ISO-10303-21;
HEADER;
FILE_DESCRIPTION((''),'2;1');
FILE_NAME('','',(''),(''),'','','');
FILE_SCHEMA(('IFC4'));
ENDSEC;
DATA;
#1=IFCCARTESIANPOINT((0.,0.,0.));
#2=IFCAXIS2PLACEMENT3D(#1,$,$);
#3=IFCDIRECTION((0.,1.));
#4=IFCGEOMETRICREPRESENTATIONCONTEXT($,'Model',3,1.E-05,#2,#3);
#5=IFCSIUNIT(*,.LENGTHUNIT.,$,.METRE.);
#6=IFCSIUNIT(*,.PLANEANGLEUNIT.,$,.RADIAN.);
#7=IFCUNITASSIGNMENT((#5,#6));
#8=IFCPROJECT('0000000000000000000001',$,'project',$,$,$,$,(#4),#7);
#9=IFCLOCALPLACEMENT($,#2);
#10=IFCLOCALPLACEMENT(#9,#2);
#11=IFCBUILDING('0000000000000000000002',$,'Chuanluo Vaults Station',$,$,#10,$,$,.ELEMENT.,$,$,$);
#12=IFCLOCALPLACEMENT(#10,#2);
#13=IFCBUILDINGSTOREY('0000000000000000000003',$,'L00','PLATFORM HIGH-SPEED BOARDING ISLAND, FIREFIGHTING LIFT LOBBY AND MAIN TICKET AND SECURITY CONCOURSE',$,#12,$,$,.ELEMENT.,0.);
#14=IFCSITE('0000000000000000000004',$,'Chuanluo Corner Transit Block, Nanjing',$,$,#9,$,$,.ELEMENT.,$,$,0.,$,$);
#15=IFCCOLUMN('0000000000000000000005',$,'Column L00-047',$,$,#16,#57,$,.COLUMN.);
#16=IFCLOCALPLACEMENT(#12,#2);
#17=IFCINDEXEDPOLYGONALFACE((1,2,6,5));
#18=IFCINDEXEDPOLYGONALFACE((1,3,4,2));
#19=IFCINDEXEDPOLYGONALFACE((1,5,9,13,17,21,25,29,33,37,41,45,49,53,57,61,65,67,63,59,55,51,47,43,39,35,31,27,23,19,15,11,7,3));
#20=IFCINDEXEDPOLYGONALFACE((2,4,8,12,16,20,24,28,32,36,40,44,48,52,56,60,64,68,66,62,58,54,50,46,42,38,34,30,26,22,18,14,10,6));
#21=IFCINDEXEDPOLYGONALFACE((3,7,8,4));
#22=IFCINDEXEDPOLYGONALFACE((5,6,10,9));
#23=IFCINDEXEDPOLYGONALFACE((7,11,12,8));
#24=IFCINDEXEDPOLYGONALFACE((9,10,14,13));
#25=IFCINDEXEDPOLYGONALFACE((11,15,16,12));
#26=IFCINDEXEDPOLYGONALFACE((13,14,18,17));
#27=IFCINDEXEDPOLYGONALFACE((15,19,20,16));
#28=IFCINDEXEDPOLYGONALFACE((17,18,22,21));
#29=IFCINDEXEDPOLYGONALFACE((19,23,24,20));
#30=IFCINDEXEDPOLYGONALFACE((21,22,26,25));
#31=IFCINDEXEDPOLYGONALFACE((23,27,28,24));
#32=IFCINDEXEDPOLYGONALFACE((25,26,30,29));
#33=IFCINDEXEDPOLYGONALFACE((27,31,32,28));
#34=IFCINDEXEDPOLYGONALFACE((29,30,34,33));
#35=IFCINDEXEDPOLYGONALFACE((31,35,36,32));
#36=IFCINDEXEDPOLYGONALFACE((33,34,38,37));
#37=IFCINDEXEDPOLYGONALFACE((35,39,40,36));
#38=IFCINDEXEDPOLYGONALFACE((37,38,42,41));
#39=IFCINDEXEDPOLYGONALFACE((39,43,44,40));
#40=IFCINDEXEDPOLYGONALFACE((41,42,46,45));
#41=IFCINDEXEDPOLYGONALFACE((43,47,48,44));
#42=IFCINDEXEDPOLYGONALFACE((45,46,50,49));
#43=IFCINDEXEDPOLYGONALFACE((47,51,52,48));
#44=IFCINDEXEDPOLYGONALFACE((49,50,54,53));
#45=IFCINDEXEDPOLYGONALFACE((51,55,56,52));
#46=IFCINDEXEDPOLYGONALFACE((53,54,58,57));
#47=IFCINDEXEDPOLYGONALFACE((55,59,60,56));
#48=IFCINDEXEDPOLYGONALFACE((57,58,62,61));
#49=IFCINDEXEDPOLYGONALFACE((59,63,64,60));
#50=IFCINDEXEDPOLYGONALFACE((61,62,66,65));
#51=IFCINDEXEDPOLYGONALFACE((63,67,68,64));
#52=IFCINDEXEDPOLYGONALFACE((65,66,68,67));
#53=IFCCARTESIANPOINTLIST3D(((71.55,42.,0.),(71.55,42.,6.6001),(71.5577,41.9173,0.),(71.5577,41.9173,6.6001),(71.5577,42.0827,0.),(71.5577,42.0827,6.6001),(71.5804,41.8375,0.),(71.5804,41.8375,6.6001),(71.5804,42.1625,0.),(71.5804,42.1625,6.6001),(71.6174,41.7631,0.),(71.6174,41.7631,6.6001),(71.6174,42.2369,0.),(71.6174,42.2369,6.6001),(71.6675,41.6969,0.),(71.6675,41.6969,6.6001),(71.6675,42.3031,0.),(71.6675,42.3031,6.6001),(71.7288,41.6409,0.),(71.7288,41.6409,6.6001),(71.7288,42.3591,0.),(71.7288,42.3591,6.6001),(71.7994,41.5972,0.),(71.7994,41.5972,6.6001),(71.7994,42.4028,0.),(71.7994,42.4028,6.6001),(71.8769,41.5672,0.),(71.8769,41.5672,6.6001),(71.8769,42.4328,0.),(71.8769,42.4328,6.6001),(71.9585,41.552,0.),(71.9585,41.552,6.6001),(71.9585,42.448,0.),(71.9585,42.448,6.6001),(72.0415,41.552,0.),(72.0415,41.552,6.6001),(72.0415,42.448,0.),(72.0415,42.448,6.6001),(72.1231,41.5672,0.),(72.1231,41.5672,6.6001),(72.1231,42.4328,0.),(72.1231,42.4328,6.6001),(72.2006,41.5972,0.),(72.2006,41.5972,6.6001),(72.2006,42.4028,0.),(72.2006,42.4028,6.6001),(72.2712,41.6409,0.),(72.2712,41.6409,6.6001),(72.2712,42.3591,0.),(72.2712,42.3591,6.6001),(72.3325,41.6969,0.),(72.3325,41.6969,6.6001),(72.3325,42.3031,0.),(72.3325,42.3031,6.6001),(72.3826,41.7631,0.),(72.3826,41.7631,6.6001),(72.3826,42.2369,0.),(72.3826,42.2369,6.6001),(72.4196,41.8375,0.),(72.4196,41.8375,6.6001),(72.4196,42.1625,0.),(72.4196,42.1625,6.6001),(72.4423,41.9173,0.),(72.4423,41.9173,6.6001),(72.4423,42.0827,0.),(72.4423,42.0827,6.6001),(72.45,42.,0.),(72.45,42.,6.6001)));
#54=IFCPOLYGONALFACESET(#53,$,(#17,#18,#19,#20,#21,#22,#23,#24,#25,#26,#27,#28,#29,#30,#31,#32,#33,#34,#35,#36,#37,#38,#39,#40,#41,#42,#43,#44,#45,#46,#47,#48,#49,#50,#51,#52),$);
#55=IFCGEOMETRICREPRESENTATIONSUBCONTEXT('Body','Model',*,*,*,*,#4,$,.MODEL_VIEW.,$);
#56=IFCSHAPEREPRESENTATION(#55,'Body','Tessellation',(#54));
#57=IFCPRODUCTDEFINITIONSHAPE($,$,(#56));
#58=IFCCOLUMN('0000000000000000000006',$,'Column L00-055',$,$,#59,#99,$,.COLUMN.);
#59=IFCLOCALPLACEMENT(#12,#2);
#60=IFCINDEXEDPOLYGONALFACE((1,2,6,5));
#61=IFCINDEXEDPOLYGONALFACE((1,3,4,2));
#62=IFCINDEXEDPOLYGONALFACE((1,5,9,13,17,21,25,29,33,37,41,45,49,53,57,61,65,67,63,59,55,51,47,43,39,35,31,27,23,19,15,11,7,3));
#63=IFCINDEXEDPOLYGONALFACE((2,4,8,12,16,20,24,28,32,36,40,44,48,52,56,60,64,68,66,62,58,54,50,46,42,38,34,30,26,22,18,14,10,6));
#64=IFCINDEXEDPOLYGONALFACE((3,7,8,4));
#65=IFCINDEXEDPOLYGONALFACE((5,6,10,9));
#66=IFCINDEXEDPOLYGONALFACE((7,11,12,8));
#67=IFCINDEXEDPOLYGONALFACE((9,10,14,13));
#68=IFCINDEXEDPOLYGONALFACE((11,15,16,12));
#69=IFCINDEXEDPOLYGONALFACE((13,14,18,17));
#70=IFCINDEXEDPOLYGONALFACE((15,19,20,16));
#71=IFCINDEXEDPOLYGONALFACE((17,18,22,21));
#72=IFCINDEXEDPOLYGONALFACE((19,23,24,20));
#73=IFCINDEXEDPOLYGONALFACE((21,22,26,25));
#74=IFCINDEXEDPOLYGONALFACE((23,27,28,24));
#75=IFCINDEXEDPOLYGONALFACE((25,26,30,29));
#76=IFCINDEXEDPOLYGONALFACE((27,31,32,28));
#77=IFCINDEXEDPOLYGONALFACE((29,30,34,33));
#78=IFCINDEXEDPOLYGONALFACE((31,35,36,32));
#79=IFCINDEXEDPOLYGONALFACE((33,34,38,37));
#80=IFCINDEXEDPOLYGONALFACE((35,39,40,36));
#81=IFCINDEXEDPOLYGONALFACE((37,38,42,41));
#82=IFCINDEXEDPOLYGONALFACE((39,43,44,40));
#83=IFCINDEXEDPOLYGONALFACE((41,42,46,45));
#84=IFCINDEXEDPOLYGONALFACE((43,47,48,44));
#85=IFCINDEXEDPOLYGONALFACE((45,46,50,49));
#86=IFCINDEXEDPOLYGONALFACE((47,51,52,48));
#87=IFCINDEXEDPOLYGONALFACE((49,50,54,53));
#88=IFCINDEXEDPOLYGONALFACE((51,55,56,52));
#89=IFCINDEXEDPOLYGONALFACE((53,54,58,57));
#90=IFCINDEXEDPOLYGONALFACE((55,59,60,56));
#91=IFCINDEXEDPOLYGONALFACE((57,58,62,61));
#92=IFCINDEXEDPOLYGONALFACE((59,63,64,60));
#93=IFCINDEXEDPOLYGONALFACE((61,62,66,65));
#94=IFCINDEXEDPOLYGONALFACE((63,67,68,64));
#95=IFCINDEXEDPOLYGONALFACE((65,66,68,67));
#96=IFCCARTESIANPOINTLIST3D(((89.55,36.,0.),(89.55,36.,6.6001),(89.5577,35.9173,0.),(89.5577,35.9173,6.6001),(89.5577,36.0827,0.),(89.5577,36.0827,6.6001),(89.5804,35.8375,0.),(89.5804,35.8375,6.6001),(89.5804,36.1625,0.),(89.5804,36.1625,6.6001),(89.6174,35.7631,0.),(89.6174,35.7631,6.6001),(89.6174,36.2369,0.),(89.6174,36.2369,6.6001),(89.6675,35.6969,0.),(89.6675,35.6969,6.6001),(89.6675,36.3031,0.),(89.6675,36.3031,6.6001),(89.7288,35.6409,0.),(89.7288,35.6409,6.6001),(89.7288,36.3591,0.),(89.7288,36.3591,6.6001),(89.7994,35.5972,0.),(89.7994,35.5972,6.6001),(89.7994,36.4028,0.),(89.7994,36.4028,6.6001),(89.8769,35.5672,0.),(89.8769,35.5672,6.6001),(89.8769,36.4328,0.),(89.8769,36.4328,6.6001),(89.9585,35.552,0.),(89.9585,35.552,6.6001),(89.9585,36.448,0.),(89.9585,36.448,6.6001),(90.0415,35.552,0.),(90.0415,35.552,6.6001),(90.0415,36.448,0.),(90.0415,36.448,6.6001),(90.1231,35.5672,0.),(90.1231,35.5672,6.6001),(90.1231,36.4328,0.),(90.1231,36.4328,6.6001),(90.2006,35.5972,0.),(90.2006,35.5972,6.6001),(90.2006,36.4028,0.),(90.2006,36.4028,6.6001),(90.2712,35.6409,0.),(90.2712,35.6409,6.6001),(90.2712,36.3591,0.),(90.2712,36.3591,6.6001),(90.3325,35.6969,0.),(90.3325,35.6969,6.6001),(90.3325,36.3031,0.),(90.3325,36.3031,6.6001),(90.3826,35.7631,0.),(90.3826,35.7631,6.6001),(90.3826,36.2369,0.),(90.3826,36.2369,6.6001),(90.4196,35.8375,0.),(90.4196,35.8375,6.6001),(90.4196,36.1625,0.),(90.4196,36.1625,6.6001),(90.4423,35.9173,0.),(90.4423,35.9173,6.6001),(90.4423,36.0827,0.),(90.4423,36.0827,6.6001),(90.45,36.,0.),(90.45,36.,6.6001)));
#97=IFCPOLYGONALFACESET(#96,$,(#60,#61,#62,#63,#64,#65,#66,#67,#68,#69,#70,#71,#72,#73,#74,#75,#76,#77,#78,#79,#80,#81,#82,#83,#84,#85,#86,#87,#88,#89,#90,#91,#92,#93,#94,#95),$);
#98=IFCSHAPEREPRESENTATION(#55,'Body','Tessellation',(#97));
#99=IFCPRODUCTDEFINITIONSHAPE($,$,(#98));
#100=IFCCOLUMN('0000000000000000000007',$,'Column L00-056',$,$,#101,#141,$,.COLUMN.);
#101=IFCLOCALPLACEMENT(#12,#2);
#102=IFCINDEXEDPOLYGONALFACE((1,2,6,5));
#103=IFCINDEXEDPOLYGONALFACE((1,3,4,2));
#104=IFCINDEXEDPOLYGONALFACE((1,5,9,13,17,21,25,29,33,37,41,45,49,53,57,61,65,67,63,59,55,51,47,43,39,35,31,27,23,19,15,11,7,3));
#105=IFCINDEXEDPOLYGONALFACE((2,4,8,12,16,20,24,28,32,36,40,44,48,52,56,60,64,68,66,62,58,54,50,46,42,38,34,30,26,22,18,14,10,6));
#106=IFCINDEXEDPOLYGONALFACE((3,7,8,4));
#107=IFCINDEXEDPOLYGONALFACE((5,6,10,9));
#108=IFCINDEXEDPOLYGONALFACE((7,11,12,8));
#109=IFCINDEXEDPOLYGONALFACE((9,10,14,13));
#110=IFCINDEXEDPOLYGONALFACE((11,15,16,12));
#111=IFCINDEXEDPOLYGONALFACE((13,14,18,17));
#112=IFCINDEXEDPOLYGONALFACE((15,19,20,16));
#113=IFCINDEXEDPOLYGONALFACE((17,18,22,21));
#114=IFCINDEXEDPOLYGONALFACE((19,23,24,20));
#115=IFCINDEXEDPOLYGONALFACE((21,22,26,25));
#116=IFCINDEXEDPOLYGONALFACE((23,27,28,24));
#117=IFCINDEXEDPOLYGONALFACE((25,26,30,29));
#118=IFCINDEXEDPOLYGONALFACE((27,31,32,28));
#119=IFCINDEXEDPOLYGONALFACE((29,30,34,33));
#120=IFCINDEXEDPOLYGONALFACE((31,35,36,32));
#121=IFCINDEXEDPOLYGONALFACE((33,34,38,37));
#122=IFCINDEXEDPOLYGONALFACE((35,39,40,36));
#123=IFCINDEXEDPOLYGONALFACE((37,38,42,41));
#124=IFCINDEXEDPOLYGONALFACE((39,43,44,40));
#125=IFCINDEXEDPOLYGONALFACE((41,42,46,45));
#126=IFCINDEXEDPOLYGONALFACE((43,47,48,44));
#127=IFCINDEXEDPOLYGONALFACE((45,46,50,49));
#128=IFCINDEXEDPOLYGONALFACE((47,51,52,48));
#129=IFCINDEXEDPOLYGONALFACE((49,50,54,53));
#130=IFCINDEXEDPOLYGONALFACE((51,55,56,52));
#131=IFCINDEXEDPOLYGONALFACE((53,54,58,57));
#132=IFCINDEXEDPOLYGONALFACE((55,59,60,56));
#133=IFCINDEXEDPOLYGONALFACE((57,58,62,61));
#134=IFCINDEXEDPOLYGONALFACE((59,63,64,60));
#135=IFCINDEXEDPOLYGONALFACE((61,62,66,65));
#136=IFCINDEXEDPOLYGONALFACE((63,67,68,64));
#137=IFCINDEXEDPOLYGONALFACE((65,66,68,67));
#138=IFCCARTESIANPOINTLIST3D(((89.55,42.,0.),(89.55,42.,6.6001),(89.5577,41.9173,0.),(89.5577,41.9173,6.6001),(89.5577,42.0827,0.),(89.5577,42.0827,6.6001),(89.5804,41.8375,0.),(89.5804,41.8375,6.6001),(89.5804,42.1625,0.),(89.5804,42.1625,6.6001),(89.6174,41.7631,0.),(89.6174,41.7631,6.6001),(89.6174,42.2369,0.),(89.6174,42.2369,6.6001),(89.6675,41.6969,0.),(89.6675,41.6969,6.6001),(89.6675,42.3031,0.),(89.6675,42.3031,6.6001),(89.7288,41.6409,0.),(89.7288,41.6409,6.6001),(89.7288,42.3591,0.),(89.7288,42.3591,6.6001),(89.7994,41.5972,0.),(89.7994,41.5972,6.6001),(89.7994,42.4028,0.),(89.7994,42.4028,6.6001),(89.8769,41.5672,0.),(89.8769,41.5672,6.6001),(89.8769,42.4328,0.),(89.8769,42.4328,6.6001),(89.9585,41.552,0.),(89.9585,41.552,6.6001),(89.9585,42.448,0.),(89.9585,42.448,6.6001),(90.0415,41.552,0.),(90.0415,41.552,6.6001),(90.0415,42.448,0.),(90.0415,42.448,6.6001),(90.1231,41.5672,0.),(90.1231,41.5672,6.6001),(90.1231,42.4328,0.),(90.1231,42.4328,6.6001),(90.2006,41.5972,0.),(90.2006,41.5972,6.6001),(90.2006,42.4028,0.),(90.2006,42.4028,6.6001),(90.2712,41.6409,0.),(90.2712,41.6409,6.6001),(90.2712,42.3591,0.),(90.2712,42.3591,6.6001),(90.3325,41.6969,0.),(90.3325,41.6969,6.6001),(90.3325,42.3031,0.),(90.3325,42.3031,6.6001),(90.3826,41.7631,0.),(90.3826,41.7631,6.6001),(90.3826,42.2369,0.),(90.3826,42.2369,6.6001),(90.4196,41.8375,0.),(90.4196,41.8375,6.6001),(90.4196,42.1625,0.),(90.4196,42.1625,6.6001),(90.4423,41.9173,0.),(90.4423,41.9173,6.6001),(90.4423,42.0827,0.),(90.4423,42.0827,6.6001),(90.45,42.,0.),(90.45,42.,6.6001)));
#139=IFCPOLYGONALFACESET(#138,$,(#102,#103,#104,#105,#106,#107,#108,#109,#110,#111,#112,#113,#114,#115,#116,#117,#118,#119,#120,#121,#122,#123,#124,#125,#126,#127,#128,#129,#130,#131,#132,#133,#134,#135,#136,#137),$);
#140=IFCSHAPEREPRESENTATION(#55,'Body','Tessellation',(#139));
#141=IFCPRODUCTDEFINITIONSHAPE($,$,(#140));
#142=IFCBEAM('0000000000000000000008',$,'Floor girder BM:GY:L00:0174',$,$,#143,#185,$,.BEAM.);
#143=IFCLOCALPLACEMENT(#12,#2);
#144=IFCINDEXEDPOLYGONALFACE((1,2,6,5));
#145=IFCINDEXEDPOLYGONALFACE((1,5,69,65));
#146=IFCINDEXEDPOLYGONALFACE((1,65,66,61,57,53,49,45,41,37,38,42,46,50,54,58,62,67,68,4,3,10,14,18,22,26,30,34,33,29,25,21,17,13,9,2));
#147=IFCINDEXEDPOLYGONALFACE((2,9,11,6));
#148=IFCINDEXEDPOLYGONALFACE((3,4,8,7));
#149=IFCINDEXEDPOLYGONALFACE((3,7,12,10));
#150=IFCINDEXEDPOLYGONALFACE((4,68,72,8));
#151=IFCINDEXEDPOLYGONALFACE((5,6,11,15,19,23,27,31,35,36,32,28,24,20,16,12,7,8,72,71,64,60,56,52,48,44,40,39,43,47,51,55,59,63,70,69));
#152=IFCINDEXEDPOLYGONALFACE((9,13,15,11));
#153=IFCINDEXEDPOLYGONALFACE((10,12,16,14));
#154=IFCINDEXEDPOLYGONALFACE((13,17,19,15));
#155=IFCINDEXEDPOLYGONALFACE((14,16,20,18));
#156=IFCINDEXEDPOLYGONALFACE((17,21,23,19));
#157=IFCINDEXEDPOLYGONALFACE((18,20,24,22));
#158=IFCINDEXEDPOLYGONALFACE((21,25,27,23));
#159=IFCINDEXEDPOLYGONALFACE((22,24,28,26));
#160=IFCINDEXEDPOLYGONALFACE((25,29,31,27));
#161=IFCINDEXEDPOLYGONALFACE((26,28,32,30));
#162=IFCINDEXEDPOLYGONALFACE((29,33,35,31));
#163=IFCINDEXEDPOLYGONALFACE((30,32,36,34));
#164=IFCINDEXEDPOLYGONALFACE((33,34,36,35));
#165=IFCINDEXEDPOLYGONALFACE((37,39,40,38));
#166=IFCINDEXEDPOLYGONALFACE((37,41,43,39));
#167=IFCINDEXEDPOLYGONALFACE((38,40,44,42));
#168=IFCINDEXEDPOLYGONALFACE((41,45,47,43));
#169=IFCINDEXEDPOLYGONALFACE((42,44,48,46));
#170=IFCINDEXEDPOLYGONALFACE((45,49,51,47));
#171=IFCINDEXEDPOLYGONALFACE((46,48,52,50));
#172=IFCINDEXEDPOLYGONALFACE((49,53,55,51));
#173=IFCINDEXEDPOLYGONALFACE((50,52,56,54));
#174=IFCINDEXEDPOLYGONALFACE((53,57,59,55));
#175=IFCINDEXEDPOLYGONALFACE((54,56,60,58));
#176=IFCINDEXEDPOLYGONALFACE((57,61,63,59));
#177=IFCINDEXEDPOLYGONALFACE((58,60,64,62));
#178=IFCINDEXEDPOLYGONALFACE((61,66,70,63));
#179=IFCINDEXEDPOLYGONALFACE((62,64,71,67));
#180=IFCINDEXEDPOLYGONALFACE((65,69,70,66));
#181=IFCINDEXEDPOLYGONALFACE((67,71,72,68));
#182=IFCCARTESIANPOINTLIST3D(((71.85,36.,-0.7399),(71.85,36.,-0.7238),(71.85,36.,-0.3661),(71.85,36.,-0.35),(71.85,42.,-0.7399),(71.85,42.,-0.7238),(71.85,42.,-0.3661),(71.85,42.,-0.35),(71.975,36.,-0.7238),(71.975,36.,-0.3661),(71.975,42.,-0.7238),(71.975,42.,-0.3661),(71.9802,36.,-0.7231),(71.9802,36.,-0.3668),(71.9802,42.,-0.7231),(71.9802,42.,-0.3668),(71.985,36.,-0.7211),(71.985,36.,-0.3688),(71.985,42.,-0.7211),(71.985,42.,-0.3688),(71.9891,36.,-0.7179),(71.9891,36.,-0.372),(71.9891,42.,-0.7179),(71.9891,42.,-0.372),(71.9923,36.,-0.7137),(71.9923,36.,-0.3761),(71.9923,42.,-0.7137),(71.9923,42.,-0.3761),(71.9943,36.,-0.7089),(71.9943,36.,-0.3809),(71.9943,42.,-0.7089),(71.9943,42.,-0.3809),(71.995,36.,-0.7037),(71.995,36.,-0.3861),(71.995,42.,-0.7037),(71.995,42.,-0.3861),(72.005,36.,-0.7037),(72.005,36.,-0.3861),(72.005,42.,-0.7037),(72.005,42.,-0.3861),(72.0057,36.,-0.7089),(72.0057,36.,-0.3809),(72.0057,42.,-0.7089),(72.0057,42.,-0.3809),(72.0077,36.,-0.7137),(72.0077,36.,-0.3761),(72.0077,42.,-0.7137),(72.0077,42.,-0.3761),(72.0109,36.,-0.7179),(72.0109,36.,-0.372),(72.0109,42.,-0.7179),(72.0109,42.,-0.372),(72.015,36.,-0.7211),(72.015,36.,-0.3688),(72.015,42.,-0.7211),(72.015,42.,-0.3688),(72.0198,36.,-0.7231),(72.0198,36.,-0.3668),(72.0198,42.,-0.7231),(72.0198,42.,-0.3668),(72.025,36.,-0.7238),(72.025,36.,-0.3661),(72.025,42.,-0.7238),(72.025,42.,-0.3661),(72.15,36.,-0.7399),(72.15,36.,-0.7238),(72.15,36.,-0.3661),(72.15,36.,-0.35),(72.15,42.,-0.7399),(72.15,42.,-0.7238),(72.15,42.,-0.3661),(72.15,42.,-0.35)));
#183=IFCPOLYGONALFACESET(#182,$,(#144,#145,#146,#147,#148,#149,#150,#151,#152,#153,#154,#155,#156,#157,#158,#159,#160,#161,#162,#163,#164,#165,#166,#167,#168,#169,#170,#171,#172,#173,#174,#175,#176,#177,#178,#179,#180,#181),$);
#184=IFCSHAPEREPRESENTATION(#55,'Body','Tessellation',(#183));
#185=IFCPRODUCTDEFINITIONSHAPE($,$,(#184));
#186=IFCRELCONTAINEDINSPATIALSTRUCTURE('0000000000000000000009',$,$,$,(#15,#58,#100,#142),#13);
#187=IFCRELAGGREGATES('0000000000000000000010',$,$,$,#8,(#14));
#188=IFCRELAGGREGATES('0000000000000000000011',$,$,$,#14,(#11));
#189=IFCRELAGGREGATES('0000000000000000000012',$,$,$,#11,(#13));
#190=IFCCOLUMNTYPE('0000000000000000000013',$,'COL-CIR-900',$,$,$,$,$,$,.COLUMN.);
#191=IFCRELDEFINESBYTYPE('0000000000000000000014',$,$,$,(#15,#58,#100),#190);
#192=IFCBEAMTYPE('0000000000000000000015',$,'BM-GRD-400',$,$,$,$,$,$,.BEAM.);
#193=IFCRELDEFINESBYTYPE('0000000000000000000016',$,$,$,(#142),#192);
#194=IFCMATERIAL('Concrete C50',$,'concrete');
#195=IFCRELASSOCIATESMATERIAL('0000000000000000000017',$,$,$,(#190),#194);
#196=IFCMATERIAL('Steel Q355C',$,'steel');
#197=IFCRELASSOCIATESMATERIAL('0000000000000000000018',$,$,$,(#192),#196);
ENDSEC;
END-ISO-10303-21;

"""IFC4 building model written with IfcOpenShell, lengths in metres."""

from ifc_helpers import new_model, si_unit, direction, frame, origin, origin_2d, place, context, subcontext, project, spatial, circle, i_section, extrude, material, material_profile, profile_set, type_object, element, save


model = new_model("IFC4")

# Units and contexts
model_context = context("Model", 3, precision=1e-05, world=origin(), true_north=direction((0.0, 1.0)))
body_context = subcontext(model_context, "Body", "Model", "MODEL_VIEW")
ifc_project = project(units=[si_unit("LENGTHUNIT", "METRE"), si_unit("PLANEANGLEUNIT", "RADIAN")], contexts=[model_context])

# Site, building, storey
site_placement = place(None, origin())
site = spatial("IfcSite", under=ifc_project, at=site_placement, Name="Chuanluo Corner Transit Block, Nanjing", CompositionType="ELEMENT", RefElevation=0.0)
building_placement = place(site_placement, origin())
building = spatial("IfcBuilding", under=site, at=building_placement, Name="Chuanluo Vaults Station", CompositionType="ELEMENT")
storey_placement = place(building_placement, origin())
storey = spatial("IfcBuildingStorey", under=building, at=storey_placement, Name="L00", Description="PLATFORM HIGH-SPEED BOARDING ISLAND, FIREFIGHTING LIFT LOBBY AND MAIN TICKET AND SECURITY CONCOURSE", CompositionType="ELEMENT", Elevation=0.0)

# Columns
ifc_material_1 = material(Name="Concrete C50", Category="concrete")
ifc_material_profile_1 = material_profile(ifc_material_1, circle(Radius=0.45, at=origin_2d()))
ifc_profile_set_1 = profile_set([ifc_material_profile_1], Name="Concrete C50")
column_type = type_object("IfcColumnType", Name="COL-CIR-900", PredefinedType="COLUMN", material=ifc_profile_set_1)
for number, where, z_axis, x_axis, name in (
    (1, (72.0, 42.0, 0.0), (0.0, 0.0, 1.0), (1.0, 0.0, 0.0), "Column L00-047"),
    (2, (90.0, 36.0, 0.0), (0.0, 0.0, 1.0), (1.0, 0.0, 0.0), "Column L00-055"),
    (3, (90.0, 42.0, 0.0), (0.0, 0.0, 1.0), (1.0, 0.0, 0.0), "Column L00-056"),
):
    element("IfcColumn", number, at=place(storey_placement, frame(where, z_axis=z_axis, x_axis=x_axis)), inside=storey, type_object=column_type, Name=name, PredefinedType="COLUMN", context=body_context, shape_type="SweptSolid", body=[
        extrude(circle(Radius=0.45, at=origin_2d()), origin(), (0.0, 0.0, 1.0), 6.6001),
    ])

# Beam
ifc_material_2 = material(Name="Steel Q355C", Category="steel")
ifc_material_profile_2 = material_profile(ifc_material_2, i_section(OverallWidth=0.3, OverallDepth=0.3899, WebThickness=0.01, FlangeThickness=0.0161, FilletRadius=0.02, at=origin_2d()))
ifc_profile_set_2 = profile_set([ifc_material_profile_2], Name="Steel Q355C")
beam_type_1 = type_object("IfcBeamType", Name="BM-GRD-400", PredefinedType="BEAM", material=ifc_profile_set_2)
for number, where, z_axis, x_axis, name in (
    (4, (72.0, 36.0, -0.5449), (0.0, 1.0, 0.0), (-1.0, 0.0, 0.0), "Floor girder BM:GY:L00:0174"),
):
    element("IfcBeam", number, at=place(storey_placement, frame(where, z_axis=z_axis, x_axis=x_axis)), inside=storey, type_object=beam_type_1, Name=name, PredefinedType="BEAM", context=body_context, shape_type="SweptSolid", body=[
        extrude(i_section(OverallWidth=0.3, OverallDepth=0.3899, WebThickness=0.01, FlangeThickness=0.0161, FilletRadius=0.02, at=origin_2d()), origin(), (0.0, 0.0, 1.0), 6.0),
    ])

save(model, "model.ifc")
